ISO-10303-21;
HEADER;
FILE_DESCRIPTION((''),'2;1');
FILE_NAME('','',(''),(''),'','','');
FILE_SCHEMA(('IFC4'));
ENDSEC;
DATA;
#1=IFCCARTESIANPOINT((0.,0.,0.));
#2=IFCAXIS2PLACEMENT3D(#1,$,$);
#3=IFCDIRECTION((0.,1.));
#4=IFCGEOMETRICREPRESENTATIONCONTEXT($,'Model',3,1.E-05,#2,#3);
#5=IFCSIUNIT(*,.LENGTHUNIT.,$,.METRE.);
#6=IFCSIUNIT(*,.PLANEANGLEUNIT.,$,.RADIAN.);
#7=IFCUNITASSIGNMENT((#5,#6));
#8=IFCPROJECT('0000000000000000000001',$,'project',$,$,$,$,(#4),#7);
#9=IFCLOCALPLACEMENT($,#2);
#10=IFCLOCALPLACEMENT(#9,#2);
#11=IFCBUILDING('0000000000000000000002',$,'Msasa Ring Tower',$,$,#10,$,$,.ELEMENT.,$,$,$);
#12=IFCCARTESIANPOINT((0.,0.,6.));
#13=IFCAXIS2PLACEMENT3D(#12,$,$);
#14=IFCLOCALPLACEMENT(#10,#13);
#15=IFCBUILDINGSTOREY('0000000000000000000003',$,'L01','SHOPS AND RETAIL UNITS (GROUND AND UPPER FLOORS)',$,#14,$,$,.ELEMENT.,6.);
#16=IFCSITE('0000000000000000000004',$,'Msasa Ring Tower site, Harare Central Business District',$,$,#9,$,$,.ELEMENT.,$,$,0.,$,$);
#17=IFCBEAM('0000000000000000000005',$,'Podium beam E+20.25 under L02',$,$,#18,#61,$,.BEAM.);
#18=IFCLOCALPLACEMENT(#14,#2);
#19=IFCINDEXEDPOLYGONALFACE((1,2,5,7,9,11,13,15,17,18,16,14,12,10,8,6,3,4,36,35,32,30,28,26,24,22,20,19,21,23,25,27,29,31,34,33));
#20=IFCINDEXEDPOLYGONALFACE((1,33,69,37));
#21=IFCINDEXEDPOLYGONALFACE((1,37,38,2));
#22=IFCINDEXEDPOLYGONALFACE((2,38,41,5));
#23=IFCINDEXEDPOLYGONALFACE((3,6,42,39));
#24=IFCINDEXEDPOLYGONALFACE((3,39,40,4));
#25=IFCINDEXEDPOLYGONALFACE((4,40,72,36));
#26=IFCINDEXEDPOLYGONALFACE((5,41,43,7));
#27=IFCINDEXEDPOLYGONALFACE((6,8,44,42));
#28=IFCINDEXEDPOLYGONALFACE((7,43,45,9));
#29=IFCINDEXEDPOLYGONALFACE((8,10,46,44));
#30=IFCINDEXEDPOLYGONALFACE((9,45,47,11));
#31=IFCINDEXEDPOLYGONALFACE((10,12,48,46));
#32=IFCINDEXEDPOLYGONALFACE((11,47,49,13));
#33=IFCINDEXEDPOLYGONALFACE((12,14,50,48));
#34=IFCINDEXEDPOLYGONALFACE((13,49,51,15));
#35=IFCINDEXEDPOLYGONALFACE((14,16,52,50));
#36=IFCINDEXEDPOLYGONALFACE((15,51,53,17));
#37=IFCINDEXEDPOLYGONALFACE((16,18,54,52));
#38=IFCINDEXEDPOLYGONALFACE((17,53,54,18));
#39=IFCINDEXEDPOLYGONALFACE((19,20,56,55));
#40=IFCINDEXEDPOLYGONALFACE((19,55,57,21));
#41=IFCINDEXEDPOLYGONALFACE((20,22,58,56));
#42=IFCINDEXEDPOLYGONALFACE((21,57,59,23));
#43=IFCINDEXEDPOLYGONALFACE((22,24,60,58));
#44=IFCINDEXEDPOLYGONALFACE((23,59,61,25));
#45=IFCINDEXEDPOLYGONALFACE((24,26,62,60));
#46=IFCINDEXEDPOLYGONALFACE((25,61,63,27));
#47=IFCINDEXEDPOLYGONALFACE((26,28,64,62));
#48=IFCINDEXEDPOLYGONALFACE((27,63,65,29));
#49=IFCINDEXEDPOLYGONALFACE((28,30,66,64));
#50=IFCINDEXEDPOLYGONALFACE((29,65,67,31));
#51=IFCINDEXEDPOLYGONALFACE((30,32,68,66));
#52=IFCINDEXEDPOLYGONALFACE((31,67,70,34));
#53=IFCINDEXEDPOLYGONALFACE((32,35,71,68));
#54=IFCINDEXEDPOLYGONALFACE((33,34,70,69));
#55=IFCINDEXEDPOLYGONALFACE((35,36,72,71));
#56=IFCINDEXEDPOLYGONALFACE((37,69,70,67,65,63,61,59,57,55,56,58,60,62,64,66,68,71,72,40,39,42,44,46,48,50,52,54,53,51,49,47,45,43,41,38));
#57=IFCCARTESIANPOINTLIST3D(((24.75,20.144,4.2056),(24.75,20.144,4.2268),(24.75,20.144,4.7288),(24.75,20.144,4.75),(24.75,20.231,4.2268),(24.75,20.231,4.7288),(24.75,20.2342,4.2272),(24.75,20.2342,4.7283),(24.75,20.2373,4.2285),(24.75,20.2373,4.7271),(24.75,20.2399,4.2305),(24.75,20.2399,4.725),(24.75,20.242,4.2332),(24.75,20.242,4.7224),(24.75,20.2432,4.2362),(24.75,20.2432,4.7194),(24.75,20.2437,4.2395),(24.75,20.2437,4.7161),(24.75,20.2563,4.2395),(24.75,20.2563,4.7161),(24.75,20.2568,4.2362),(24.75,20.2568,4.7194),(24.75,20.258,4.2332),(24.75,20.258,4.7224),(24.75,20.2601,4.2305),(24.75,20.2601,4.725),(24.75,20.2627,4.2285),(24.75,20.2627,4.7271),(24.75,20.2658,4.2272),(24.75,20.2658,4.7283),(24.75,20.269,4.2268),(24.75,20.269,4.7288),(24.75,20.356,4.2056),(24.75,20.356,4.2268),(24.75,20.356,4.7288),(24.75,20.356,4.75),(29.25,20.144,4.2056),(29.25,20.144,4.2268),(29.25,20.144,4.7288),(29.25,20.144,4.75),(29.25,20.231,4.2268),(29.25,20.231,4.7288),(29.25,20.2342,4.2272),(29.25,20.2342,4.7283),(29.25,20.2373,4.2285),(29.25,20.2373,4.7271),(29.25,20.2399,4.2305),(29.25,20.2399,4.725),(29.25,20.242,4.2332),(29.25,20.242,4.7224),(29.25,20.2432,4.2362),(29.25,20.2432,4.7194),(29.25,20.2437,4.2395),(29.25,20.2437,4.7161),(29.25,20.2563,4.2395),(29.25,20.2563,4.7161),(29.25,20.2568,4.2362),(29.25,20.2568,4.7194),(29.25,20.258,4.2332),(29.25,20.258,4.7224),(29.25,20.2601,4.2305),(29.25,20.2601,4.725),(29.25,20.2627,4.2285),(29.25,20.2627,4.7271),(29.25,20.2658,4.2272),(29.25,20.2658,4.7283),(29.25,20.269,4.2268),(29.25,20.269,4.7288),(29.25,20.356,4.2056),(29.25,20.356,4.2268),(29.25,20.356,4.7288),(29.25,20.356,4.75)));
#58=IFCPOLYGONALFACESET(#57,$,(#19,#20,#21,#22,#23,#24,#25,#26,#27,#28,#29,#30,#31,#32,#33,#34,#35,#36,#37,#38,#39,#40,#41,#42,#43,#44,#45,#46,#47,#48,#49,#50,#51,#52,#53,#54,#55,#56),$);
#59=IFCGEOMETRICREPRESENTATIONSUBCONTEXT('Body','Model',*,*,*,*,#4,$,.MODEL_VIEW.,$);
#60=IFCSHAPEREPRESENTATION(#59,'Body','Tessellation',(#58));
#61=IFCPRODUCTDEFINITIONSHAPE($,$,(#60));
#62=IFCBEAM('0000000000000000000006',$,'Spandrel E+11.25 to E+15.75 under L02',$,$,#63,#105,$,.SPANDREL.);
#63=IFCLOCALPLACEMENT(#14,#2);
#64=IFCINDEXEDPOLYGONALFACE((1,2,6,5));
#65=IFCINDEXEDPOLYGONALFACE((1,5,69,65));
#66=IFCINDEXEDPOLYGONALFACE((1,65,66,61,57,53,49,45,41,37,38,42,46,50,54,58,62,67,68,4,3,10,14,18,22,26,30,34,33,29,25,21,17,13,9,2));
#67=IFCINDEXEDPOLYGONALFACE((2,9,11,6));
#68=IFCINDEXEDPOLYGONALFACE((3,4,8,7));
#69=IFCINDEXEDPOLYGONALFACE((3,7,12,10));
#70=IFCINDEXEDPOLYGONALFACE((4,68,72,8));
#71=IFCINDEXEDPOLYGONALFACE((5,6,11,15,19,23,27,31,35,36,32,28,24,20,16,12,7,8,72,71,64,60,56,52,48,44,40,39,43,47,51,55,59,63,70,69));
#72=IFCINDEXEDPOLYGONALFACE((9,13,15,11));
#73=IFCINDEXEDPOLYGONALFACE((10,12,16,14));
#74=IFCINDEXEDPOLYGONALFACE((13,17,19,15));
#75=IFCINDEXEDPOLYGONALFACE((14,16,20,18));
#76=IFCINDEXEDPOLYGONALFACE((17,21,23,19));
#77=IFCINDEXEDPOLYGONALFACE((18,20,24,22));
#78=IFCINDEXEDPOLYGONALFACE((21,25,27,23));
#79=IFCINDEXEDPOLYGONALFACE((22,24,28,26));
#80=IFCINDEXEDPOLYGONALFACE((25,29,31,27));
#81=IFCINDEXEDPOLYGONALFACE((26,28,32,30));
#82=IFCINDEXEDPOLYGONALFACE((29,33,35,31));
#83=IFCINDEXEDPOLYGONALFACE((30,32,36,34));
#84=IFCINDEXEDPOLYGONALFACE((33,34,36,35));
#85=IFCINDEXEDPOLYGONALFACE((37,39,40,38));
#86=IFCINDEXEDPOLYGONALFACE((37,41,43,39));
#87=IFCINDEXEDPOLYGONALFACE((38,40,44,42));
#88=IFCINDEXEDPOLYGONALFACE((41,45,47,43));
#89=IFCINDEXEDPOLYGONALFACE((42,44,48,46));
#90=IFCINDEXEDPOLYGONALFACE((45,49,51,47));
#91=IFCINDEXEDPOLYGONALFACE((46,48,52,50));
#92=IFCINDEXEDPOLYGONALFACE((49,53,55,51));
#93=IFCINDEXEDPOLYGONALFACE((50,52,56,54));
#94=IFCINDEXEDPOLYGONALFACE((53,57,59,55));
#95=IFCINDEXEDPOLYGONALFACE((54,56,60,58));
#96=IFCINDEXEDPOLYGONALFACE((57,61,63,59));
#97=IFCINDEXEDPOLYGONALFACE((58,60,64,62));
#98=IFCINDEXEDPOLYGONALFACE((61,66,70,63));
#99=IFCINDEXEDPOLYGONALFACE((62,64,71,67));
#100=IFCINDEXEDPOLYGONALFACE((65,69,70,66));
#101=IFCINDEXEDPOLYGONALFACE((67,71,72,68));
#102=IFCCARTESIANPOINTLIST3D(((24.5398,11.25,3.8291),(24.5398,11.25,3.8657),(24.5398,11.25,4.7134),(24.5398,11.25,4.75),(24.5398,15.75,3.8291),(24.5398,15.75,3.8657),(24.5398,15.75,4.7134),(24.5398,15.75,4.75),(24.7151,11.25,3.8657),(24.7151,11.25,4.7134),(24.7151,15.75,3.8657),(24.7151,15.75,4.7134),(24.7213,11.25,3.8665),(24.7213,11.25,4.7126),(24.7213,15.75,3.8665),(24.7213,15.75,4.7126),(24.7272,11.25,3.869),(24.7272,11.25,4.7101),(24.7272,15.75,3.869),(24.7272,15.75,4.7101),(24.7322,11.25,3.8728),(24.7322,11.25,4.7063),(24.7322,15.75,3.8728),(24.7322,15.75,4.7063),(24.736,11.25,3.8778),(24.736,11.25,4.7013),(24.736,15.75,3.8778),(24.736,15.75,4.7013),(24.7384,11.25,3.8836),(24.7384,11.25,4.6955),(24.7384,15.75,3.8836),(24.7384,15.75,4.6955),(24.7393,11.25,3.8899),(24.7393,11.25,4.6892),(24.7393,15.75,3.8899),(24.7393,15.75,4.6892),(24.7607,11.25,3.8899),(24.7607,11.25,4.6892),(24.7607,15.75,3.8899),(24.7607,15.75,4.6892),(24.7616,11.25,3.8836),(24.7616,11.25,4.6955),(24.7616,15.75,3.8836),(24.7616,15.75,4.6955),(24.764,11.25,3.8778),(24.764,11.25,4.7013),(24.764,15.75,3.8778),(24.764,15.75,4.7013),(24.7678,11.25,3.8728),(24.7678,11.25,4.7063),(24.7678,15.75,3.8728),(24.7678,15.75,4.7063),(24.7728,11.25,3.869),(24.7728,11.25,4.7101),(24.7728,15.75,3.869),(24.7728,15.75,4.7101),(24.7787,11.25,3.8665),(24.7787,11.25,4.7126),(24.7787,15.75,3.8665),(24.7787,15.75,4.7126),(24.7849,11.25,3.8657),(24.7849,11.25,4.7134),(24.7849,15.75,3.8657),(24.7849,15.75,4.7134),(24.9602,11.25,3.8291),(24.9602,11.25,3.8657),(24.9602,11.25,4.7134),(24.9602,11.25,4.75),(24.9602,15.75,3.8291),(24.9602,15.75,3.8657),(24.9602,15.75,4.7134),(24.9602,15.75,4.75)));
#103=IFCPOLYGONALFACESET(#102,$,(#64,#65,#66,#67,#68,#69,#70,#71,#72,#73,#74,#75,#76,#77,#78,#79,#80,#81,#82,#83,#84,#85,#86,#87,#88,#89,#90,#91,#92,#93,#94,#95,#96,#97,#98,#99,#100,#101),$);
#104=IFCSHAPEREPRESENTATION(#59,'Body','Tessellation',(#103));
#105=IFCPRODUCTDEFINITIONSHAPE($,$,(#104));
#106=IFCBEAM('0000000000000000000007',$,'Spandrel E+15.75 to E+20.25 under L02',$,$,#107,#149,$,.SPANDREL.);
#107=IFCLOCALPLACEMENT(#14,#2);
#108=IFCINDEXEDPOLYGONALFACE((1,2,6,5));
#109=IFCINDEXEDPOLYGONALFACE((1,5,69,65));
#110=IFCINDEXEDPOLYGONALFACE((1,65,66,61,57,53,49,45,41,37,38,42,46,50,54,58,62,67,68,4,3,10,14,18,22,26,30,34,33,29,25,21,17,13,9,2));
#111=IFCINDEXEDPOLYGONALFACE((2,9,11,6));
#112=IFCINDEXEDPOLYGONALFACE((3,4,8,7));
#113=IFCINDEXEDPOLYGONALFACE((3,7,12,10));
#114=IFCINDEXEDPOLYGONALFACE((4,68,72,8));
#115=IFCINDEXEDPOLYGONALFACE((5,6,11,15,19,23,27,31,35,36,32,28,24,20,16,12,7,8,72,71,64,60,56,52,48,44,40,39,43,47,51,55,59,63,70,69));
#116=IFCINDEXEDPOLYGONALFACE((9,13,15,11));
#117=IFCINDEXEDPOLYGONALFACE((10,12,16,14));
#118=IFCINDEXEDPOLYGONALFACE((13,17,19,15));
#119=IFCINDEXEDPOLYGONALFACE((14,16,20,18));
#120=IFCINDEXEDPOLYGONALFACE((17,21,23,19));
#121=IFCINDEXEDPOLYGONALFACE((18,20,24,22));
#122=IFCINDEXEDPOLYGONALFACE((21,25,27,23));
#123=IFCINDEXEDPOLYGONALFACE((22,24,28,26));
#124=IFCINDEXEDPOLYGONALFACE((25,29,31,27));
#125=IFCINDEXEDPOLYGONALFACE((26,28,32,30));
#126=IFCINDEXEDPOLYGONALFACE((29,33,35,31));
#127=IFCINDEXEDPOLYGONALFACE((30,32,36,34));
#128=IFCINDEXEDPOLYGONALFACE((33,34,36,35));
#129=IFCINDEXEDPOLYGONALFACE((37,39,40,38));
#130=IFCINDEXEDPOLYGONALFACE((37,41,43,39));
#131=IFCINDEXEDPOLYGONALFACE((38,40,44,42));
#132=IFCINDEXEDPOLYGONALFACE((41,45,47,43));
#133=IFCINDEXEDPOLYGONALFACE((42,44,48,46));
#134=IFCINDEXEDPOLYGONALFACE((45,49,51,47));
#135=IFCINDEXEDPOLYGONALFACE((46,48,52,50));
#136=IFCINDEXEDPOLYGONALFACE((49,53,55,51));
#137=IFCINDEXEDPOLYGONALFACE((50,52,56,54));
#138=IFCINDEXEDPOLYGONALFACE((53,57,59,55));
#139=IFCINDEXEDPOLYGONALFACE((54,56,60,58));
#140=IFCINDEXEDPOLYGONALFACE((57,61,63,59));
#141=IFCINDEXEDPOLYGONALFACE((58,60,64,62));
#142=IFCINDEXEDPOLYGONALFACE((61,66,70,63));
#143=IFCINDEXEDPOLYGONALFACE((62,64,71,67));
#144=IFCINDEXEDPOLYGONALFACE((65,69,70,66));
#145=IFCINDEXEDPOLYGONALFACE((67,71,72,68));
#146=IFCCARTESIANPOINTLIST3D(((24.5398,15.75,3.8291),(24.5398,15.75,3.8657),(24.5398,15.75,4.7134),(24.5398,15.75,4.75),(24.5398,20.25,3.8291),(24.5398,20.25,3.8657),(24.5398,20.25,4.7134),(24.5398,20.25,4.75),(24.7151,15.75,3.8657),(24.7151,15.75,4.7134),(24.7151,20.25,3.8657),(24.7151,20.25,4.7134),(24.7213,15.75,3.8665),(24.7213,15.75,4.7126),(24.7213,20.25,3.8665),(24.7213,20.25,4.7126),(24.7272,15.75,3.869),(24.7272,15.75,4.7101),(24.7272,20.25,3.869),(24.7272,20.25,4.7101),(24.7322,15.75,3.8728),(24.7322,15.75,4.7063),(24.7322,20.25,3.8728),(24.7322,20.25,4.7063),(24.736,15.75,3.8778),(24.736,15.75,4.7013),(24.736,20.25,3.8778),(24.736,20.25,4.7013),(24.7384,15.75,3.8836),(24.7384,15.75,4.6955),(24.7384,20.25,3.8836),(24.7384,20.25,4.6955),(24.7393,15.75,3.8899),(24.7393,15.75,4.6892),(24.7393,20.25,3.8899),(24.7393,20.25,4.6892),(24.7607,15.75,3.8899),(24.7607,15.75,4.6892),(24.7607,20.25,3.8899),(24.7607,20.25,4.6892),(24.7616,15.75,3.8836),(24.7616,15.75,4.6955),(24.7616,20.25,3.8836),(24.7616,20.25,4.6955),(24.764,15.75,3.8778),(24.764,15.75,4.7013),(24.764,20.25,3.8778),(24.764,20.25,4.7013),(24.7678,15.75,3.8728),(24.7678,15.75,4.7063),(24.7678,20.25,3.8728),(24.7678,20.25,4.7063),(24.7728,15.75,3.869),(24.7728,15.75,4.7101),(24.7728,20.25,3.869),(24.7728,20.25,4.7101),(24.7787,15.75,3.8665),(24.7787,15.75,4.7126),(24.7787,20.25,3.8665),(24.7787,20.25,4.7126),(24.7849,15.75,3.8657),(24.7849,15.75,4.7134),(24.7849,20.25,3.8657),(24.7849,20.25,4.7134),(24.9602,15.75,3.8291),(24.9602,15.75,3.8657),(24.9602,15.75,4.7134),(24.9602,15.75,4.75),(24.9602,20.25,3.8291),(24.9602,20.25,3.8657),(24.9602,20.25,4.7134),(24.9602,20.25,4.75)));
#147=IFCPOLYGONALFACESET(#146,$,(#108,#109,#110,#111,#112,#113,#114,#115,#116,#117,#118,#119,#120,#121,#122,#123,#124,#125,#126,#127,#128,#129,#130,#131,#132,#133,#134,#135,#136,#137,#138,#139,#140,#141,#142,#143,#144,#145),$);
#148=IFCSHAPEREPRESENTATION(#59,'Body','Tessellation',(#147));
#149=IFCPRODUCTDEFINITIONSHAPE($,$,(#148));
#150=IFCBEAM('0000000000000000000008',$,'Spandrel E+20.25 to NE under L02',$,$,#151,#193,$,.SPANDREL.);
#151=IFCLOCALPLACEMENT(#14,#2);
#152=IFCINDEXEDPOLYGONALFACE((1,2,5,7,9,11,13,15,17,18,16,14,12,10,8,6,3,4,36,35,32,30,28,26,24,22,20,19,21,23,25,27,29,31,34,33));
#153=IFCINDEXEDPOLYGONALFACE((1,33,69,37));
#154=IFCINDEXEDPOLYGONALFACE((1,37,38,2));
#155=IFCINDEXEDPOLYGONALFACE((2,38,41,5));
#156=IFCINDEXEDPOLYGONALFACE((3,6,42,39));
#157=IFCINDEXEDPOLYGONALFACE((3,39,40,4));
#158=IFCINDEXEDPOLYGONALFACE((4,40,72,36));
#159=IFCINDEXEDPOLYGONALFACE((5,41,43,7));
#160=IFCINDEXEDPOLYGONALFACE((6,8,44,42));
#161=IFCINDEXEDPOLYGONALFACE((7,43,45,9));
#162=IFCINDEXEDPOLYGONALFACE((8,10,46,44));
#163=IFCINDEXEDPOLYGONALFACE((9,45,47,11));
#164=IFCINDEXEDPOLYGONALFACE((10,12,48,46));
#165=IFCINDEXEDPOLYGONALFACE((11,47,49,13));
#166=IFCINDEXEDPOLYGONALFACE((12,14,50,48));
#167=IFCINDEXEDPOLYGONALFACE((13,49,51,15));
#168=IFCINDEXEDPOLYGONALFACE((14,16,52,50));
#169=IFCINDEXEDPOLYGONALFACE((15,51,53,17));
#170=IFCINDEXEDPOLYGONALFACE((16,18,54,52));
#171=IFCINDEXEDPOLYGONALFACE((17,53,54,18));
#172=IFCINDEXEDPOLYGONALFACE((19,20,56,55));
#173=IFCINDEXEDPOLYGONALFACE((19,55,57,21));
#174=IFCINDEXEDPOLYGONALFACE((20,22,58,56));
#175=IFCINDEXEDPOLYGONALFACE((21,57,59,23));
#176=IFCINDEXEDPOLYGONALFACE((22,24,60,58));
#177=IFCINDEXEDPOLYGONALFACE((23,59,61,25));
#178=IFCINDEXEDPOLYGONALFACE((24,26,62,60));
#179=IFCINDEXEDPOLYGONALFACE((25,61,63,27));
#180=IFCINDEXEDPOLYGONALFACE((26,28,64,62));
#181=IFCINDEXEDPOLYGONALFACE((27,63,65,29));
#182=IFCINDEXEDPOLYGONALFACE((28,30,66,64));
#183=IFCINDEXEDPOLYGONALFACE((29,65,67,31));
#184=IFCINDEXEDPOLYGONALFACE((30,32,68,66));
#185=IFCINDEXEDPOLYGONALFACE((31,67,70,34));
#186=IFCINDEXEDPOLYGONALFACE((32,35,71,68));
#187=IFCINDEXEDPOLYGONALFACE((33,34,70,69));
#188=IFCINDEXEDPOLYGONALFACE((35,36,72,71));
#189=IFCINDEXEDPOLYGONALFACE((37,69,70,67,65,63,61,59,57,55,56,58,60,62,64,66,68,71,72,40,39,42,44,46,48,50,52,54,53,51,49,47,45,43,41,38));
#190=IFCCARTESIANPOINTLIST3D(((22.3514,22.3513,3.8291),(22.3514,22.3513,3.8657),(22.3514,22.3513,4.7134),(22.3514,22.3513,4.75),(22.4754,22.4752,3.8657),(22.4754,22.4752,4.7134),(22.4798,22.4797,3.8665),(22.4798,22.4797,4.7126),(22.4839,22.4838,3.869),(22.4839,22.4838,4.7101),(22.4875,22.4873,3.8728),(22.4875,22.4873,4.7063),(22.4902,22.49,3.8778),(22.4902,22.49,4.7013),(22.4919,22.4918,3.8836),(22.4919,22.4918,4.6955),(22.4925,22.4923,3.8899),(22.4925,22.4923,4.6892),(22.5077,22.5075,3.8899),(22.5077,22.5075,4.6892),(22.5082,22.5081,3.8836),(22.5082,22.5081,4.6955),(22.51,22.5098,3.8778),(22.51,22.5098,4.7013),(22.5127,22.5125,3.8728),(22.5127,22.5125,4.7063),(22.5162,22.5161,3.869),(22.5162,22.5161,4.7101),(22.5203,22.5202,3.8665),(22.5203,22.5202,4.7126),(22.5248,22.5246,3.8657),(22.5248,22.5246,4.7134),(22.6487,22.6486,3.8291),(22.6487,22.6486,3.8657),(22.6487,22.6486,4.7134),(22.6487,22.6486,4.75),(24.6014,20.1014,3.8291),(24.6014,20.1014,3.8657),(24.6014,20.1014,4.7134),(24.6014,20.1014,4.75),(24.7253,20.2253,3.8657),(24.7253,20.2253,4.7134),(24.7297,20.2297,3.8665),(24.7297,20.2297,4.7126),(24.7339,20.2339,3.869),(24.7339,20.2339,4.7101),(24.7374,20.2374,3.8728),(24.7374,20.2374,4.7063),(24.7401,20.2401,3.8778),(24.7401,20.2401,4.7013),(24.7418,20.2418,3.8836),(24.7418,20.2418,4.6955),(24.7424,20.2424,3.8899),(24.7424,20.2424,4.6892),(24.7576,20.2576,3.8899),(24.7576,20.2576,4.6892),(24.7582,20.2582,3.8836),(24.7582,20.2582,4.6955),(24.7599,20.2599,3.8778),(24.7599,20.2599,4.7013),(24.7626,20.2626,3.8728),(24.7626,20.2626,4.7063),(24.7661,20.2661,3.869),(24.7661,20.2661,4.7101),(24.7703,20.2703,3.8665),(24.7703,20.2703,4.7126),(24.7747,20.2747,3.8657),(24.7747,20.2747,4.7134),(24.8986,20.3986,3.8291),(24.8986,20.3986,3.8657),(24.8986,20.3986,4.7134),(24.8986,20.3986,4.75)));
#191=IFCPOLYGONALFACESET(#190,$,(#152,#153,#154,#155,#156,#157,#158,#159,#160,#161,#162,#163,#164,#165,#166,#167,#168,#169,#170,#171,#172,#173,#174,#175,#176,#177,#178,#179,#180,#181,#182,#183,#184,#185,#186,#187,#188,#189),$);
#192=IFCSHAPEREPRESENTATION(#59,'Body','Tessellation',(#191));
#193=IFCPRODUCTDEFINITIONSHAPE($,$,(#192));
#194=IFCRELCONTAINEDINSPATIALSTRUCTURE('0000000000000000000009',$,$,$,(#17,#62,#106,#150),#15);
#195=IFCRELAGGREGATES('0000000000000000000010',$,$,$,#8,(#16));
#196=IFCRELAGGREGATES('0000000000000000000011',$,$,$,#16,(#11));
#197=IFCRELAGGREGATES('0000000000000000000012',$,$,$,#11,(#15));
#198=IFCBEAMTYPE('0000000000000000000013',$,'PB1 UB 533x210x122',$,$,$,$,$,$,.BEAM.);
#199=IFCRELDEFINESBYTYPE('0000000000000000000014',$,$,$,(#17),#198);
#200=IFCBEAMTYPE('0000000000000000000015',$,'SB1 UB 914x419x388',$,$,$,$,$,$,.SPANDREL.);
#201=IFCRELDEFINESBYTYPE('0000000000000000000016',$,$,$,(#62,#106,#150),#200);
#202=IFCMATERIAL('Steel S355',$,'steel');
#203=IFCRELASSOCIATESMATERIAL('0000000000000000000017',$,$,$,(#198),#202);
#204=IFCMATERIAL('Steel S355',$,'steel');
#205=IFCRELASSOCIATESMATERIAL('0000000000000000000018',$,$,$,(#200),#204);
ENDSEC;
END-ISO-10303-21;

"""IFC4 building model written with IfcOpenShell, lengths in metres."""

from ifc_helpers import new_model, si_unit, direction, frame, origin, origin_2d, place, context, subcontext, project, spatial, i_section, extrude, material, material_profile, profile_set, type_object, element, save


model = new_model("IFC4")

# Units and contexts
model_context = context("Model", 3, precision=1e-05, world=origin(), true_north=direction((0.0, 1.0)))
body_context = subcontext(model_context, "Body", "Model", "MODEL_VIEW")
ifc_project = project(units=[si_unit("LENGTHUNIT", "METRE"), si_unit("PLANEANGLEUNIT", "RADIAN")], contexts=[model_context])

# Site, building, storey
site_placement = place(None, origin())
site = spatial("IfcSite", under=ifc_project, at=site_placement, Name="Msasa Ring Tower site, Harare Central Business District", CompositionType="ELEMENT", RefElevation=0.0)
building_placement = place(site_placement, origin())
building = spatial("IfcBuilding", under=site, at=building_placement, Name="Msasa Ring Tower", CompositionType="ELEMENT")
storey_placement = place(building_placement, frame((0.0, 0.0, 6.0)))
storey = spatial("IfcBuildingStorey", under=building, at=storey_placement, Name="L01", Description="SHOPS AND RETAIL UNITS (GROUND AND UPPER FLOORS)", CompositionType="ELEMENT", Elevation=6.0)

# Beams
ifc_material_1 = material(Name="Steel S355", Category="steel")
ifc_material_profile_1 = material_profile(ifc_material_1, i_section(OverallWidth=0.2119, OverallDepth=0.5444, WebThickness=0.0127, FlangeThickness=0.0212, FilletRadius=0.0127, at=origin_2d()), Name="UB 533x210x122")
ifc_profile_set_1 = profile_set([ifc_material_profile_1], Name="Steel S355")
beam_type_1 = type_object("IfcBeamType", Name="PB1 UB 533x210x122", PredefinedType="BEAM", material=ifc_profile_set_1)
beam_1_placement = place(storey_placement, frame((29.25, 20.25, 4.4778), z_axis=(-1.0, 0.0, 0.0), x_axis=(0.0, -1.0, 0.0)))
element("IfcBeam", 1, at=beam_1_placement, inside=storey, type_object=beam_type_1, Name="Podium beam E+20.25 under L02", PredefinedType="BEAM", context=body_context, shape_type="SweptSolid", body=[
    extrude(i_section(OverallWidth=0.2119, OverallDepth=0.5444, WebThickness=0.0127, FlangeThickness=0.0212, FilletRadius=0.0127, at=origin_2d()), origin(), (0.0, 0.0, 1.0), 4.5),
])
ifc_material_2 = material(Name="Steel S355", Category="steel")
ifc_material_profile_2 = material_profile(ifc_material_2, i_section(OverallWidth=0.4204, OverallDepth=0.9209, WebThickness=0.0215, FlangeThickness=0.0366, FilletRadius=0.0242, at=origin_2d()), Name="UB 914x419x388")
ifc_profile_set_2 = profile_set([ifc_material_profile_2], Name="Steel S355")
beam_type_2 = type_object("IfcBeamType", Name="SB1 UB 914x419x388", PredefinedType="SPANDREL", material=ifc_profile_set_2)
for number, where, z_axis, x_axis, name in (
    (2, (24.75, 11.25, 4.2896), (0.0, 1.0, 0.0), (-1.0, 0.0, 0.0), "Spandrel E+11.25 to E+15.75 under L02"),
    (3, (24.75, 15.75, 4.2896), (0.0, 1.0, 0.0), (-1.0, 0.0, 0.0), "Spandrel E+15.75 to E+20.25 under L02"),
):
    element("IfcBeam", number, at=place(storey_placement, frame(where, z_axis=z_axis, x_axis=x_axis)), inside=storey, type_object=beam_type_2, Name=name, PredefinedType="SPANDREL", context=body_context, shape_type="SweptSolid", body=[
        extrude(i_section(OverallWidth=0.4204, OverallDepth=0.9209, WebThickness=0.0215, FlangeThickness=0.0366, FilletRadius=0.0242, at=origin_2d()), origin(), (0.0, 0.0, 1.0), 4.5),
    ])
beam_2_placement = place(storey_placement, frame((24.75, 20.25, 4.2896), z_axis=(-0.707107, 0.707107, 0.0), x_axis=(-0.707107, -0.707107, 0.0)))
element("IfcBeam", 4, at=beam_2_placement, inside=storey, type_object=beam_type_2, Name="Spandrel E+20.25 to NE under L02", PredefinedType="SPANDREL", context=body_context, shape_type="SweptSolid", body=[
    extrude(i_section(OverallWidth=0.4204, OverallDepth=0.9209, WebThickness=0.0215, FlangeThickness=0.0366, FilletRadius=0.0242, at=origin_2d()), origin(), (0.0, 0.0, 1.0), 3.1819),
])

save(model, "model.ifc")
